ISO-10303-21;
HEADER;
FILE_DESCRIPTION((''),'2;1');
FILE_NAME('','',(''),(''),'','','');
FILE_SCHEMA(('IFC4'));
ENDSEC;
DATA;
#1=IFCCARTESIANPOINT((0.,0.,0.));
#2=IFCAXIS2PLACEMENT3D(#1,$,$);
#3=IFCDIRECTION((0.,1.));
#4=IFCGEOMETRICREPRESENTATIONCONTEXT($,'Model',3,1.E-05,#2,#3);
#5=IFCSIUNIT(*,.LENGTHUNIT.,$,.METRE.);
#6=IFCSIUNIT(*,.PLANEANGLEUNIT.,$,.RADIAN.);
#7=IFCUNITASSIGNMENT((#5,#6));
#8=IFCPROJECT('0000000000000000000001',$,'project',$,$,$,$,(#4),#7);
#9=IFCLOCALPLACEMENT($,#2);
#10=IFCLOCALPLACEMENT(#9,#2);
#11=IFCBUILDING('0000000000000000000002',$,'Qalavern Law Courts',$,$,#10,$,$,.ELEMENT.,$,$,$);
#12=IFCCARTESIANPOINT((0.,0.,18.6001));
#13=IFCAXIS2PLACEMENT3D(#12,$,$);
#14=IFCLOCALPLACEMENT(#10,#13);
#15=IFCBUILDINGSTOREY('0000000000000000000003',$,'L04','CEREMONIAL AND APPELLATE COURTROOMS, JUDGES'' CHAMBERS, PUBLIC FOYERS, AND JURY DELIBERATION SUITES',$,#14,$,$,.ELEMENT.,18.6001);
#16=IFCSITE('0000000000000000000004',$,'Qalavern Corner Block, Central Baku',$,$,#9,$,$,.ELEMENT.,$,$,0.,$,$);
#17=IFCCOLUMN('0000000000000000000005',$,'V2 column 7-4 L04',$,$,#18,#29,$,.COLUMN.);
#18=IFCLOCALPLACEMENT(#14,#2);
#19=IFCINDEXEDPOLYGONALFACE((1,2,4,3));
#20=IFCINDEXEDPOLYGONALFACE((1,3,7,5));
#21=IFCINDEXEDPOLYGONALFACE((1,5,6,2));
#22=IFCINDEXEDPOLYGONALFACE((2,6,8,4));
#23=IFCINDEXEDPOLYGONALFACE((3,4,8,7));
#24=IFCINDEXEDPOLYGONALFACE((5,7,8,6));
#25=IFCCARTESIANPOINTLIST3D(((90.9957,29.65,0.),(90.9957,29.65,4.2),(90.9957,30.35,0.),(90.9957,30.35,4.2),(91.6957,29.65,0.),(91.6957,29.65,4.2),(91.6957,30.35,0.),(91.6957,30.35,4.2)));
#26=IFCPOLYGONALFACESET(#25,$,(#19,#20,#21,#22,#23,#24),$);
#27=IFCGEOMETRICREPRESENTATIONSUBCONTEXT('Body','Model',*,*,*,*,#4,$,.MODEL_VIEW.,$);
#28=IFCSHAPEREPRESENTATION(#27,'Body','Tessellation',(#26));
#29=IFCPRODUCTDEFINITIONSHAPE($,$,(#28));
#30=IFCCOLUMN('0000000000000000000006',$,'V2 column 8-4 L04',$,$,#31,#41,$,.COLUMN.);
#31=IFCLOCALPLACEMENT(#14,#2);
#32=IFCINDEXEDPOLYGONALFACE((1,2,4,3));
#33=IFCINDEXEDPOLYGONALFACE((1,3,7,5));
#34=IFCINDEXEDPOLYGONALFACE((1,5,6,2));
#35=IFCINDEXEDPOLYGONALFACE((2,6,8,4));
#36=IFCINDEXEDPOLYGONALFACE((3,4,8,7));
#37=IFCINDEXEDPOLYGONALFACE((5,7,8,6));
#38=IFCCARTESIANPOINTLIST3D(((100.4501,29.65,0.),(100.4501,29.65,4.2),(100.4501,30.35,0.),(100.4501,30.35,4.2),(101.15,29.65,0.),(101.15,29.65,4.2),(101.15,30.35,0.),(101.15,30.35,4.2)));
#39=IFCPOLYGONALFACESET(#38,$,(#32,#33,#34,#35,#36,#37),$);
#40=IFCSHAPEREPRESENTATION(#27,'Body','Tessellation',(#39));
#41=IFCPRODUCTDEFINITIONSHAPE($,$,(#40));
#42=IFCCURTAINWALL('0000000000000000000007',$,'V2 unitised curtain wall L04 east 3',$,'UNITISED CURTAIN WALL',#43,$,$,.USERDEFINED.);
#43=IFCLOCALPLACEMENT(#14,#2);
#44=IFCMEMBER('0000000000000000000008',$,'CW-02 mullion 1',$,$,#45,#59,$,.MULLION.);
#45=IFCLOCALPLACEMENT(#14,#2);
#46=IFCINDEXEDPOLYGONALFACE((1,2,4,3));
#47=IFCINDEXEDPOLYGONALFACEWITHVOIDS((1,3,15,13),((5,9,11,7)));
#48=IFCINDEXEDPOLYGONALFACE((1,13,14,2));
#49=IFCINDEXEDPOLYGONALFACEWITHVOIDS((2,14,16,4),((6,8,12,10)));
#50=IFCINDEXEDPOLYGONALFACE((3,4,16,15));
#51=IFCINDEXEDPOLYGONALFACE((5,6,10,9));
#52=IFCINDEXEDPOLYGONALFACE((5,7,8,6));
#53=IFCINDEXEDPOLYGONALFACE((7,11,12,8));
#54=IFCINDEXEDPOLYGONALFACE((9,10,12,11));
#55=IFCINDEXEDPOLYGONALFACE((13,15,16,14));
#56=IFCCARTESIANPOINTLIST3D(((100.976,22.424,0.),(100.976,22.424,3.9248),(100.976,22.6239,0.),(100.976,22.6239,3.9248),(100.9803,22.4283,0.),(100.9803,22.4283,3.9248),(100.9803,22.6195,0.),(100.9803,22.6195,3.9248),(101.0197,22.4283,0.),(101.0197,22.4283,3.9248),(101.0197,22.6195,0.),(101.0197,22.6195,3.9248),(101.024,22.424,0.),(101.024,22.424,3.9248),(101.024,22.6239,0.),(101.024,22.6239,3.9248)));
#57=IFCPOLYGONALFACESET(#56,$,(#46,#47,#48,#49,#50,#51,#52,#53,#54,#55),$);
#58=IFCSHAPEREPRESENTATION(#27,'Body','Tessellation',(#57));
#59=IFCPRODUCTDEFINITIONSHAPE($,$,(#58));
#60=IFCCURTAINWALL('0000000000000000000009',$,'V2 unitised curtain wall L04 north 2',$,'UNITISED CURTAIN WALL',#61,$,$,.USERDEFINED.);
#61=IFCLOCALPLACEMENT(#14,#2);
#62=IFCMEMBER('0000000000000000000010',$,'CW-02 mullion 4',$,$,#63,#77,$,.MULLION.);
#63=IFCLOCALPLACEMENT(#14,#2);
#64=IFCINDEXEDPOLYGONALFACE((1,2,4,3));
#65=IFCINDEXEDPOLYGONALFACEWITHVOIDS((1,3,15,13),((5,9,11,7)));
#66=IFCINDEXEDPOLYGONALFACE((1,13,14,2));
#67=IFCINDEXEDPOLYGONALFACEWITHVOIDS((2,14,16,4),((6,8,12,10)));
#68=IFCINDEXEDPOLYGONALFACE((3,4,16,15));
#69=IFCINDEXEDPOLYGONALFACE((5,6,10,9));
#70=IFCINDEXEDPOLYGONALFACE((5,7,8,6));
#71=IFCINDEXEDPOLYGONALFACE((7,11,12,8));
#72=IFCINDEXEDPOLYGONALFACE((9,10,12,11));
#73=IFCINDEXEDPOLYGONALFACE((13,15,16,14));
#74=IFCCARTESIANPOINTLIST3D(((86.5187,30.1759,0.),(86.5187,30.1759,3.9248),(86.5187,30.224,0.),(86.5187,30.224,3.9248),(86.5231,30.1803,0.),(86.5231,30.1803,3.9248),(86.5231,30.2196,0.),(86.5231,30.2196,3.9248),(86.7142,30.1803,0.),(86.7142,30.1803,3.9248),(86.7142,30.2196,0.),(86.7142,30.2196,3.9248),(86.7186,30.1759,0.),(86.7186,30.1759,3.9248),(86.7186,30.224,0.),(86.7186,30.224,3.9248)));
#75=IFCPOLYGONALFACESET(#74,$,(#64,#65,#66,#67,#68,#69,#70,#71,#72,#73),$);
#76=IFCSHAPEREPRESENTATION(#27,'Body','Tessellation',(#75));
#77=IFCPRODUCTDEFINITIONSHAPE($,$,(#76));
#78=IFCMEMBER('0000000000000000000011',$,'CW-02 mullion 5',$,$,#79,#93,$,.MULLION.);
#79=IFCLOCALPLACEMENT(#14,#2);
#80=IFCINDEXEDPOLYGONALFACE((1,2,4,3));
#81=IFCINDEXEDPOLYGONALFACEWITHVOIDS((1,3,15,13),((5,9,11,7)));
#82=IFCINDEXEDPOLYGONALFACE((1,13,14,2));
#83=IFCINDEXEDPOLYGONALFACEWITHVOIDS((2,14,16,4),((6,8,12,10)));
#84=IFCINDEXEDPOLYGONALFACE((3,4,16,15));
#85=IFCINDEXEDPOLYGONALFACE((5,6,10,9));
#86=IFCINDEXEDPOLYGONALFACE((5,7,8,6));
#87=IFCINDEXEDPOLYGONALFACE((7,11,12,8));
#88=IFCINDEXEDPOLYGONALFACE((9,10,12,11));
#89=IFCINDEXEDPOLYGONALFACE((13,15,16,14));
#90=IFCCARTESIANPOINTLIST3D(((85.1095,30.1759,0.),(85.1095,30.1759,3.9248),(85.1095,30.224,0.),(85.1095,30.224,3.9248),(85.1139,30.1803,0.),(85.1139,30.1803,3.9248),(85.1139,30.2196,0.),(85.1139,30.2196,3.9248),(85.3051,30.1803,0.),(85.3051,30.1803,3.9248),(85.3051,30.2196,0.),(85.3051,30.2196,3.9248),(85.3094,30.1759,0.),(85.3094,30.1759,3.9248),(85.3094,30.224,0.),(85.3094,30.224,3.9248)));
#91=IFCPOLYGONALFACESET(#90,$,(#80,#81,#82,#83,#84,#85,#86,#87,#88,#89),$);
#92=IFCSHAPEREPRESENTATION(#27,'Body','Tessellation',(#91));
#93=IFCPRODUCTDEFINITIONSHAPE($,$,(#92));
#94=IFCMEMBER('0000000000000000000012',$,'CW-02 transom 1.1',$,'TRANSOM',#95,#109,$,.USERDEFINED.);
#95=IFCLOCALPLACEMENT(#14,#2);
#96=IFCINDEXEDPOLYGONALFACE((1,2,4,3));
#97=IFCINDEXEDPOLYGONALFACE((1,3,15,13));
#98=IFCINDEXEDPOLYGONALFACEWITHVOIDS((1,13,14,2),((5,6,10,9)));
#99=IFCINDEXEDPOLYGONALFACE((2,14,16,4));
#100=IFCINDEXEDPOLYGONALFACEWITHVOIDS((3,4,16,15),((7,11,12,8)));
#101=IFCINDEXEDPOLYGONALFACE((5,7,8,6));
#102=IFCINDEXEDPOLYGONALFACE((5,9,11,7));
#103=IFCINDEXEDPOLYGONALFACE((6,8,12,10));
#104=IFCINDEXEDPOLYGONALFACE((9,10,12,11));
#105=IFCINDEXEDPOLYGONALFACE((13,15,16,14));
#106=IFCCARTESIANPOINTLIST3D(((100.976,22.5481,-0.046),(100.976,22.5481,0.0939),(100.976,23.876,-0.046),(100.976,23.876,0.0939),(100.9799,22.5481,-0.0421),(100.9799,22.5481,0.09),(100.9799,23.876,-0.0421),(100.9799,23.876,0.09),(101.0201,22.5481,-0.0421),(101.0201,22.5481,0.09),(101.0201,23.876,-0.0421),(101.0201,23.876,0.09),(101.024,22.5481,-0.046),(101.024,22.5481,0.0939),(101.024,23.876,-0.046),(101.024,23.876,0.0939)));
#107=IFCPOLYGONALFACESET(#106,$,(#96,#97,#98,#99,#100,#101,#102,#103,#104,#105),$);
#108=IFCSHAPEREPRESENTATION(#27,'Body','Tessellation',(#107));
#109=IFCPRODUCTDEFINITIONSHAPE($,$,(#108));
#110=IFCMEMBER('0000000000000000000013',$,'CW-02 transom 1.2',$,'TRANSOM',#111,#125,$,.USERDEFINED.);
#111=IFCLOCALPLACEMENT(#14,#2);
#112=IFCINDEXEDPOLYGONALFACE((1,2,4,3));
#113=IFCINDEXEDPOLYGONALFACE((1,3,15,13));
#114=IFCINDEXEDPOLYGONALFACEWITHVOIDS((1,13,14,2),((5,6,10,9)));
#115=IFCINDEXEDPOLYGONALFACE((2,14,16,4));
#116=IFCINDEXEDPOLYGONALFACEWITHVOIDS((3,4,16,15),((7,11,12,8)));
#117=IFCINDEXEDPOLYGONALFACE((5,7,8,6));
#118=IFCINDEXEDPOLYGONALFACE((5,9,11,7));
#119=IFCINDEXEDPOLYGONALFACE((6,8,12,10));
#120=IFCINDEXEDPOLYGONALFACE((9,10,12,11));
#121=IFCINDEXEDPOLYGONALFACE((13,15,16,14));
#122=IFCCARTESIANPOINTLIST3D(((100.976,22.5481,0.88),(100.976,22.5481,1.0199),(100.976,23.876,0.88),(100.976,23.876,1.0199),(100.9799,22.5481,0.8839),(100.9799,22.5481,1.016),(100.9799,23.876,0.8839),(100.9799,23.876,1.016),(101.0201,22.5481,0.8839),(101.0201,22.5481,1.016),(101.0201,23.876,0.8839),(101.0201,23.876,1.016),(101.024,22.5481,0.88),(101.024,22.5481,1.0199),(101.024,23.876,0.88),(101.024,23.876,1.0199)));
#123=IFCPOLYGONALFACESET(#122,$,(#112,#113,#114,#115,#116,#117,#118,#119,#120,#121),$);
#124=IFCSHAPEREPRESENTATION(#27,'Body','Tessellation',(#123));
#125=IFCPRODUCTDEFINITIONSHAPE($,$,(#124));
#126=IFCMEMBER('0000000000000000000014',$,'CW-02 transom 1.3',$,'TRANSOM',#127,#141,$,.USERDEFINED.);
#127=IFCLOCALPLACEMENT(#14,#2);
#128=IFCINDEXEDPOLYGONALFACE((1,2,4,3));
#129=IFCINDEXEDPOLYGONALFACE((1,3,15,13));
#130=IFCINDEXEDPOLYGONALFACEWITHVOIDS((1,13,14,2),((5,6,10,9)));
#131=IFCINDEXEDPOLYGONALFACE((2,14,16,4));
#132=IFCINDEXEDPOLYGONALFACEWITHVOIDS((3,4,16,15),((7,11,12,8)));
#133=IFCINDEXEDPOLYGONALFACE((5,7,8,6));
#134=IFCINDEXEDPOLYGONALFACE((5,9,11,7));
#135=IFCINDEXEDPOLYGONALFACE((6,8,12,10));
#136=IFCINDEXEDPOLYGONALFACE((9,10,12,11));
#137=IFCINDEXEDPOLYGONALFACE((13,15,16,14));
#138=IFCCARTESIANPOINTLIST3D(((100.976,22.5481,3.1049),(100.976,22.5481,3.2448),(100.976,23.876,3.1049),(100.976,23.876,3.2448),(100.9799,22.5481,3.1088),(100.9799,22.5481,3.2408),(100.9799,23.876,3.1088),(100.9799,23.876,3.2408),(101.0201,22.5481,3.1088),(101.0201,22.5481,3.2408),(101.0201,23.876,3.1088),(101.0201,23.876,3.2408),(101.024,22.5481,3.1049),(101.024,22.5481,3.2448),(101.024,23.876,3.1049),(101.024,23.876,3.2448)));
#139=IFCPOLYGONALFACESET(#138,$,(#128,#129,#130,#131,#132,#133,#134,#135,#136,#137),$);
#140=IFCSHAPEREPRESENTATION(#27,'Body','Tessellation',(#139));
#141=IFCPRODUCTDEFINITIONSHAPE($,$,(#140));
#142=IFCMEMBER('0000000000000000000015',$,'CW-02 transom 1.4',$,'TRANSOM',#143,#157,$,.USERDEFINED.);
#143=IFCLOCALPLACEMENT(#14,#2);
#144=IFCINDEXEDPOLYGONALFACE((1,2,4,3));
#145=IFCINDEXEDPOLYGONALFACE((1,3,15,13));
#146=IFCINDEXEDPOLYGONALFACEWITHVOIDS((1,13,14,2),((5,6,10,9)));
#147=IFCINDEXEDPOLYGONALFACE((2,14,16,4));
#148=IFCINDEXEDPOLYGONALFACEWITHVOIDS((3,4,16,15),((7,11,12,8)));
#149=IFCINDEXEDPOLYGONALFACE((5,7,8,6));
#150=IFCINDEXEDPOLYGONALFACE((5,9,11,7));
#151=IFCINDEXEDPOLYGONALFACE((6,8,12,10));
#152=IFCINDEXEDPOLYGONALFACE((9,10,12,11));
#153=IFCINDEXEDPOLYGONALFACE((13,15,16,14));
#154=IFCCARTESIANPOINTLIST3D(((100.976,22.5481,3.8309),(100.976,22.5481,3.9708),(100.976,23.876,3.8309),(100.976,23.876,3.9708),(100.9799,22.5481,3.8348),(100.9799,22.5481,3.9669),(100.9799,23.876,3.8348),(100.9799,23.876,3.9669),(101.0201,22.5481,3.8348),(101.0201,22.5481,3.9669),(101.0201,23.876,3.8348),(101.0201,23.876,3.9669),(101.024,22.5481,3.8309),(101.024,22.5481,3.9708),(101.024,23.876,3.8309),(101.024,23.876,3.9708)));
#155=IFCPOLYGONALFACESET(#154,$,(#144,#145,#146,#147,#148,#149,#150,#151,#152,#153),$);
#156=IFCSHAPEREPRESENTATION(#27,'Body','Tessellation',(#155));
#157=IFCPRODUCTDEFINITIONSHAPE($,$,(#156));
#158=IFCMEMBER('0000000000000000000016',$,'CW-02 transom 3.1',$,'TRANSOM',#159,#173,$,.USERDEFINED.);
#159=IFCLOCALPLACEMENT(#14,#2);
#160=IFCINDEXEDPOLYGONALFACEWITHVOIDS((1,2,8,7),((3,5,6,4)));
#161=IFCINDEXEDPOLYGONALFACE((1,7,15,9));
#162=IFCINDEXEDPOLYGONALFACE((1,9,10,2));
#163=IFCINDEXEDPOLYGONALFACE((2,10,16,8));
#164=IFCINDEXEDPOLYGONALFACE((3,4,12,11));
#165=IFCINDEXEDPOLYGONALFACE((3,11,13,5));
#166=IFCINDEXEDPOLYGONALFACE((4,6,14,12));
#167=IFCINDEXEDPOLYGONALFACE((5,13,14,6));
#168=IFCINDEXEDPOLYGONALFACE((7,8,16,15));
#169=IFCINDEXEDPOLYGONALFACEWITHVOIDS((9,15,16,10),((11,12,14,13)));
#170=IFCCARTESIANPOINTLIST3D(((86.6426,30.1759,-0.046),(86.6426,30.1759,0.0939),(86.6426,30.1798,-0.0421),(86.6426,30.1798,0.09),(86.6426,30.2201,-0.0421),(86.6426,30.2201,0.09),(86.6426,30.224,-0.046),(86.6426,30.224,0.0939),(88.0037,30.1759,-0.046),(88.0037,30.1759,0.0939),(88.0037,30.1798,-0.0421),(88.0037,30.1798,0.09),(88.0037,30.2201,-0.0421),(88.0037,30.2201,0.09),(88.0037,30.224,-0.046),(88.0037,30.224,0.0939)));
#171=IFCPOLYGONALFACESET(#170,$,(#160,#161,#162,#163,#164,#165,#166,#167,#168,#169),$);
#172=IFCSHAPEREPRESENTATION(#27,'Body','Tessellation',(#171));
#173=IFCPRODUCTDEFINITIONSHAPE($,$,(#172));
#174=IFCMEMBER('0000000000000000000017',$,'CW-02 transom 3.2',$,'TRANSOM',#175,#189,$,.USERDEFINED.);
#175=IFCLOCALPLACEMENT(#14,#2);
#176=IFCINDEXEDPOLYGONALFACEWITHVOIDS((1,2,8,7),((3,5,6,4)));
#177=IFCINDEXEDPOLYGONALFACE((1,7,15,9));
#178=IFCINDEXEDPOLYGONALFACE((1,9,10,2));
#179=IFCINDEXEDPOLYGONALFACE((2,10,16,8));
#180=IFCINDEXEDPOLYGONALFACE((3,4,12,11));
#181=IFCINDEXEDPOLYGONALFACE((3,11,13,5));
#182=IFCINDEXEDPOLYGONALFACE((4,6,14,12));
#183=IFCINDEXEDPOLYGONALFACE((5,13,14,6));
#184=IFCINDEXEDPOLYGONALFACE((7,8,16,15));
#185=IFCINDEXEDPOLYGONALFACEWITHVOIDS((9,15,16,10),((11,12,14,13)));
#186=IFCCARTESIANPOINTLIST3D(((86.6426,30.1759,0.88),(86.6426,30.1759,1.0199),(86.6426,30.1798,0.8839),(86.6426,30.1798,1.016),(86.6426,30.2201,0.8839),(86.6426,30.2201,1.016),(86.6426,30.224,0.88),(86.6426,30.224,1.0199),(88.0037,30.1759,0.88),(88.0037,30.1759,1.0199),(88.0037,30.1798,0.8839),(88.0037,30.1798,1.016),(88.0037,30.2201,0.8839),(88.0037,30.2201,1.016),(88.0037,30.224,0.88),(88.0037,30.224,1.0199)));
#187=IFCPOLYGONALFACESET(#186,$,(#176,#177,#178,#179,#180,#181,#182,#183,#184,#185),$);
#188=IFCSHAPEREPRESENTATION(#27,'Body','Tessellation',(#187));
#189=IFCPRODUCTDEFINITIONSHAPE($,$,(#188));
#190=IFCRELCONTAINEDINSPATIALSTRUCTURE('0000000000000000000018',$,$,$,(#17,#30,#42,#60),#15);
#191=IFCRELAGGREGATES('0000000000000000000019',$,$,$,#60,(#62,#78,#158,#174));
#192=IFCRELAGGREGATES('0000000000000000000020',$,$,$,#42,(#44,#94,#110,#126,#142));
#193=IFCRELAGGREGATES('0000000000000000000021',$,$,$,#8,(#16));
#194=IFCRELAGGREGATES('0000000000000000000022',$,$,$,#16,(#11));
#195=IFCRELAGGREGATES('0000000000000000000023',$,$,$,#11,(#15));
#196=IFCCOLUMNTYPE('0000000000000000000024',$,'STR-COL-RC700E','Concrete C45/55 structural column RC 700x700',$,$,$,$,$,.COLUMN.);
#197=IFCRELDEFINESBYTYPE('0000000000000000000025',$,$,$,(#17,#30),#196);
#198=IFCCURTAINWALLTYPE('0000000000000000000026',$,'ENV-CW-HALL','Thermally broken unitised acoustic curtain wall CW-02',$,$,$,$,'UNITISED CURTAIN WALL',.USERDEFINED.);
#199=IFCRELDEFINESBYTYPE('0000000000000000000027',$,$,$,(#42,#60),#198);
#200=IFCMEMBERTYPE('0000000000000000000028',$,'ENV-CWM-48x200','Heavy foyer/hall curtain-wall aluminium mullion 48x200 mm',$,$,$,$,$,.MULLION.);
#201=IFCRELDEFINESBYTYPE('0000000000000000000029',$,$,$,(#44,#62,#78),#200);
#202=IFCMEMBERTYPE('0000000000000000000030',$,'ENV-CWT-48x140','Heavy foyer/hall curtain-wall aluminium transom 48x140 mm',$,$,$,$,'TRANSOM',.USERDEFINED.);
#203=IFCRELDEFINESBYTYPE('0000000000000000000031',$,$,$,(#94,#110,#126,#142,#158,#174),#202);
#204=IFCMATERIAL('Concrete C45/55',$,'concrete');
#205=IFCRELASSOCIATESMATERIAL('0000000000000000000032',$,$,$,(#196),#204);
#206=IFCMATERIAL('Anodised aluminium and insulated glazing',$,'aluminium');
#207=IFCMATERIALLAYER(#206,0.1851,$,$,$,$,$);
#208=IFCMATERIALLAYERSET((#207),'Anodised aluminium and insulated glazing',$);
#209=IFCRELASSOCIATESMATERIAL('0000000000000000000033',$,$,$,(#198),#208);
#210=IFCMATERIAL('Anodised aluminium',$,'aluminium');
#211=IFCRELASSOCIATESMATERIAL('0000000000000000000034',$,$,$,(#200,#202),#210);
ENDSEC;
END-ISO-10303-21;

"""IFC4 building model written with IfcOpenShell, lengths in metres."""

from ifc_helpers import new_model, si_unit, direction, frame, origin, origin_2d, place, context, subcontext, project, spatial, rectangle, hollow_rectangle, extrude, material, layer, layer_set, material_profile, profile_set, type_object, element, aggregate, save


model = new_model("IFC4")

# Units and contexts
model_context = context("Model", 3, precision=1e-05, world=origin(), true_north=direction((0.0, 1.0)))
body_context = subcontext(model_context, "Body", "Model", "MODEL_VIEW")
ifc_project = project(units=[si_unit("LENGTHUNIT", "METRE"), si_unit("PLANEANGLEUNIT", "RADIAN")], contexts=[model_context])

# Site, building, storey
site_placement = place(None, origin())
site = spatial("IfcSite", under=ifc_project, at=site_placement, Name="Qalavern Corner Block, Central Baku", CompositionType="ELEMENT", RefElevation=0.0)
building_placement = place(site_placement, origin())
building = spatial("IfcBuilding", under=site, at=building_placement, Name="Qalavern Law Courts", CompositionType="ELEMENT")
storey_placement = place(building_placement, frame((0.0, 0.0, 18.6001)))
storey = spatial("IfcBuildingStorey", under=building, at=storey_placement, Name="L04", Description="CEREMONIAL AND APPELLATE COURTROOMS, JUDGES' CHAMBERS, PUBLIC FOYERS, AND JURY DELIBERATION SUITES", CompositionType="ELEMENT", Elevation=18.6001)

# Columns
ifc_material_1 = material(Name="Concrete C45/55", Category="concrete")
ifc_material_profile_1 = material_profile(ifc_material_1, rectangle(XDim=0.7, YDim=0.7, at=origin_2d()), Name="RC 700x700")
ifc_profile_set_1 = profile_set([ifc_material_profile_1], Name="Concrete C45/55")
column_type = type_object("IfcColumnType", Name="STR-COL-RC700E", Description="Concrete C45/55 structural column RC 700x700", PredefinedType="COLUMN", material=ifc_profile_set_1)
for number, where, z_axis, x_axis, name in (
    (1, (91.3457, 30.0, 0.0), (0.0, 0.0, 1.0), (1.0, 0.0, 0.0), "V2 column 7-4 L04"),
    (2, (100.8, 30.0, 0.0), (0.0, 0.0, 1.0), (1.0, 0.0, 0.0), "V2 column 8-4 L04"),
):
    element("IfcColumn", number, at=place(storey_placement, frame(where, z_axis=z_axis, x_axis=x_axis)), inside=storey, type_object=column_type, Name=name, PredefinedType="COLUMN", context=body_context, shape_type="SweptSolid", body=[
        extrude(rectangle(XDim=0.7, YDim=0.7, at=origin_2d()), origin(), (0.0, 0.0, 1.0), 4.2),
    ])

# Curtain wall, member
ifc_material_2 = material(Name="Anodised aluminium and insulated glazing", Category="aluminium")
ifc_layer_1 = layer(ifc_material_2, 0.1851)
ifc_layer_set_1 = layer_set([ifc_layer_1], Name="Anodised aluminium and insulated glazing")
curtain_wall_type = type_object("IfcCurtainWallType", Name="ENV-CW-HALL", Description="Thermally broken unitised acoustic curtain wall CW-02", ElementType="UNITISED CURTAIN WALL", PredefinedType="USERDEFINED", material=ifc_layer_set_1)
curtain_wall_1_placement = place(storey_placement, origin())
curtain_wall_1 = element("IfcCurtainWall", 3, at=curtain_wall_1_placement, inside=storey, type_object=curtain_wall_type, Name="V2 unitised curtain wall L04 east 3", ObjectType="UNITISED CURTAIN WALL", PredefinedType="USERDEFINED")
ifc_material_3 = material(Name="Anodised aluminium", Category="aluminium")
ifc_material_profile_2 = material_profile(ifc_material_3, hollow_rectangle(XDim=0.0481, YDim=0.2, WallThickness=0.0044, at=origin_2d()), Name="ALU MULLION 48x200")
ifc_profile_set_2 = profile_set([ifc_material_profile_2], Name="Anodised aluminium")
member_type_1 = type_object("IfcMemberType", Name="ENV-CWM-48x200", Description="Heavy foyer/hall curtain-wall aluminium mullion 48x200 mm", PredefinedType="MULLION", material=ifc_profile_set_2)
member_1_placement = place(storey_placement, frame((101.0, 22.5239, 0.0), z_axis=(0.0, 0.0, 1.0), x_axis=(-1.0, 0.0, 0.0)))
member_1 = element("IfcMember", 4, at=member_1_placement, type_object=member_type_1, Name="CW-02 mullion 1", PredefinedType="MULLION", context=body_context, shape_type="SweptSolid", body=[
    extrude(hollow_rectangle(XDim=0.0481, YDim=0.2, WallThickness=0.0044, at=origin_2d()), origin(), (0.0, 0.0, 1.0), 3.9248),
])

# Curtain wall, members
curtain_wall_2_placement = place(storey_placement, origin())
curtain_wall_2 = element("IfcCurtainWall", 5, at=curtain_wall_2_placement, inside=storey, type_object=curtain_wall_type, Name="V2 unitised curtain wall L04 north 2", ObjectType="UNITISED CURTAIN WALL", PredefinedType="USERDEFINED")
member_2_placement = place(storey_placement, frame((86.6187, 30.2, 0.0), z_axis=(0.0, 0.0, 1.0), x_axis=(0.0, -1.0, 0.0)))
member_2 = element("IfcMember", 6, at=member_2_placement, type_object=member_type_1, Name="CW-02 mullion 4", PredefinedType="MULLION", context=body_context, shape_type="SweptSolid", body=[
    extrude(hollow_rectangle(XDim=0.0481, YDim=0.2, WallThickness=0.0044, at=origin_2d()), origin(), (0.0, 0.0, 1.0), 3.9248),
])
member_3_placement = place(storey_placement, frame((85.2095, 30.2, 0.0), z_axis=(0.0, 0.0, 1.0), x_axis=(0.0, -1.0, 0.0)))
member_3 = element("IfcMember", 7, at=member_3_placement, type_object=member_type_1, Name="CW-02 mullion 5", PredefinedType="MULLION", context=body_context, shape_type="SweptSolid", body=[
    extrude(hollow_rectangle(XDim=0.0481, YDim=0.2, WallThickness=0.0044, at=origin_2d()), origin(), (0.0, 0.0, 1.0), 3.9248),
])

# Members
ifc_material_profile_3 = material_profile(ifc_material_3, hollow_rectangle(XDim=0.0481, YDim=0.1399, WallThickness=0.0039, at=origin_2d()), Name="ALU TRANSOM 48x140")
ifc_profile_set_3 = profile_set([ifc_material_profile_3], Name="Anodised aluminium")
member_type_2 = type_object("IfcMemberType", Name="ENV-CWT-48x140", Description="Heavy foyer/hall curtain-wall aluminium transom 48x140 mm", ElementType="TRANSOM", PredefinedType="USERDEFINED", material=ifc_profile_set_3)
member_4_placement = place(storey_placement, frame((101.0, 22.5481, 0.0239), z_axis=(0.0, 1.0, 0.0), x_axis=(-1.0, 0.0, 0.0)))
member_4 = element("IfcMember", 8, at=member_4_placement, type_object=member_type_2, Name="CW-02 transom 1.1", ObjectType="TRANSOM", PredefinedType="USERDEFINED", context=body_context, shape_type="SweptSolid", body=[
    extrude(hollow_rectangle(XDim=0.0481, YDim=0.1399, WallThickness=0.0039, at=origin_2d()), origin(), (0.0, 0.0, 1.0), 1.3279),
])
member_5_placement = place(storey_placement, frame((101.0, 22.5481, 0.95), z_axis=(0.0, 1.0, 0.0), x_axis=(-1.0, 0.0, 0.0)))
member_5 = element("IfcMember", 9, at=member_5_placement, type_object=member_type_2, Name="CW-02 transom 1.2", ObjectType="TRANSOM", PredefinedType="USERDEFINED", context=body_context, shape_type="SweptSolid", body=[
    extrude(hollow_rectangle(XDim=0.0481, YDim=0.1399, WallThickness=0.0039, at=origin_2d()), origin(), (0.0, 0.0, 1.0), 1.3279),
])
member_6_placement = place(storey_placement, frame((101.0, 22.5481, 3.1748), z_axis=(0.0, 1.0, 0.0), x_axis=(-1.0, 0.0, 0.0)))
member_6 = element("IfcMember", 10, at=member_6_placement, type_object=member_type_2, Name="CW-02 transom 1.3", ObjectType="TRANSOM", PredefinedType="USERDEFINED", context=body_context, shape_type="SweptSolid", body=[
    extrude(hollow_rectangle(XDim=0.0481, YDim=0.1399, WallThickness=0.0039, at=origin_2d()), origin(), (0.0, 0.0, 1.0), 1.3279),
])
member_7_placement = place(storey_placement, frame((101.0, 22.5481, 3.9009), z_axis=(0.0, 1.0, 0.0), x_axis=(-1.0, 0.0, 0.0)))
member_7 = element("IfcMember", 11, at=member_7_placement, type_object=member_type_2, Name="CW-02 transom 1.4", ObjectType="TRANSOM", PredefinedType="USERDEFINED", context=body_context, shape_type="SweptSolid", body=[
    extrude(hollow_rectangle(XDim=0.0481, YDim=0.1399, WallThickness=0.0039, at=origin_2d()), origin(), (0.0, 0.0, 1.0), 1.3279),
])
member_8_placement = place(storey_placement, frame((88.0037, 30.2, 0.0239), z_axis=(-1.0, 0.0, 0.0), x_axis=(0.0, -1.0, 0.0)))
member_8 = element("IfcMember", 12, at=member_8_placement, type_object=member_type_2, Name="CW-02 transom 3.1", ObjectType="TRANSOM", PredefinedType="USERDEFINED", context=body_context, shape_type="SweptSolid", body=[
    extrude(hollow_rectangle(XDim=0.0481, YDim=0.1399, WallThickness=0.0039, at=origin_2d()), origin(), (0.0, 0.0, 1.0), 1.3611),
])
member_9_placement = place(storey_placement, frame((88.0037, 30.2, 0.95), z_axis=(-1.0, 0.0, 0.0), x_axis=(0.0, -1.0, 0.0)))
member_9 = element("IfcMember", 13, at=member_9_placement, type_object=member_type_2, Name="CW-02 transom 3.2", ObjectType="TRANSOM", PredefinedType="USERDEFINED", context=body_context, shape_type="SweptSolid", body=[
    extrude(hollow_rectangle(XDim=0.0481, YDim=0.1399, WallThickness=0.0039, at=origin_2d()), origin(), (0.0, 0.0, 1.0), 1.3611),
])

aggregate(curtain_wall_2, [member_2, member_3, member_8, member_9])
aggregate(curtain_wall_1, [member_1, member_4, member_5, member_6, member_7])

save(model, "model.ifc")
